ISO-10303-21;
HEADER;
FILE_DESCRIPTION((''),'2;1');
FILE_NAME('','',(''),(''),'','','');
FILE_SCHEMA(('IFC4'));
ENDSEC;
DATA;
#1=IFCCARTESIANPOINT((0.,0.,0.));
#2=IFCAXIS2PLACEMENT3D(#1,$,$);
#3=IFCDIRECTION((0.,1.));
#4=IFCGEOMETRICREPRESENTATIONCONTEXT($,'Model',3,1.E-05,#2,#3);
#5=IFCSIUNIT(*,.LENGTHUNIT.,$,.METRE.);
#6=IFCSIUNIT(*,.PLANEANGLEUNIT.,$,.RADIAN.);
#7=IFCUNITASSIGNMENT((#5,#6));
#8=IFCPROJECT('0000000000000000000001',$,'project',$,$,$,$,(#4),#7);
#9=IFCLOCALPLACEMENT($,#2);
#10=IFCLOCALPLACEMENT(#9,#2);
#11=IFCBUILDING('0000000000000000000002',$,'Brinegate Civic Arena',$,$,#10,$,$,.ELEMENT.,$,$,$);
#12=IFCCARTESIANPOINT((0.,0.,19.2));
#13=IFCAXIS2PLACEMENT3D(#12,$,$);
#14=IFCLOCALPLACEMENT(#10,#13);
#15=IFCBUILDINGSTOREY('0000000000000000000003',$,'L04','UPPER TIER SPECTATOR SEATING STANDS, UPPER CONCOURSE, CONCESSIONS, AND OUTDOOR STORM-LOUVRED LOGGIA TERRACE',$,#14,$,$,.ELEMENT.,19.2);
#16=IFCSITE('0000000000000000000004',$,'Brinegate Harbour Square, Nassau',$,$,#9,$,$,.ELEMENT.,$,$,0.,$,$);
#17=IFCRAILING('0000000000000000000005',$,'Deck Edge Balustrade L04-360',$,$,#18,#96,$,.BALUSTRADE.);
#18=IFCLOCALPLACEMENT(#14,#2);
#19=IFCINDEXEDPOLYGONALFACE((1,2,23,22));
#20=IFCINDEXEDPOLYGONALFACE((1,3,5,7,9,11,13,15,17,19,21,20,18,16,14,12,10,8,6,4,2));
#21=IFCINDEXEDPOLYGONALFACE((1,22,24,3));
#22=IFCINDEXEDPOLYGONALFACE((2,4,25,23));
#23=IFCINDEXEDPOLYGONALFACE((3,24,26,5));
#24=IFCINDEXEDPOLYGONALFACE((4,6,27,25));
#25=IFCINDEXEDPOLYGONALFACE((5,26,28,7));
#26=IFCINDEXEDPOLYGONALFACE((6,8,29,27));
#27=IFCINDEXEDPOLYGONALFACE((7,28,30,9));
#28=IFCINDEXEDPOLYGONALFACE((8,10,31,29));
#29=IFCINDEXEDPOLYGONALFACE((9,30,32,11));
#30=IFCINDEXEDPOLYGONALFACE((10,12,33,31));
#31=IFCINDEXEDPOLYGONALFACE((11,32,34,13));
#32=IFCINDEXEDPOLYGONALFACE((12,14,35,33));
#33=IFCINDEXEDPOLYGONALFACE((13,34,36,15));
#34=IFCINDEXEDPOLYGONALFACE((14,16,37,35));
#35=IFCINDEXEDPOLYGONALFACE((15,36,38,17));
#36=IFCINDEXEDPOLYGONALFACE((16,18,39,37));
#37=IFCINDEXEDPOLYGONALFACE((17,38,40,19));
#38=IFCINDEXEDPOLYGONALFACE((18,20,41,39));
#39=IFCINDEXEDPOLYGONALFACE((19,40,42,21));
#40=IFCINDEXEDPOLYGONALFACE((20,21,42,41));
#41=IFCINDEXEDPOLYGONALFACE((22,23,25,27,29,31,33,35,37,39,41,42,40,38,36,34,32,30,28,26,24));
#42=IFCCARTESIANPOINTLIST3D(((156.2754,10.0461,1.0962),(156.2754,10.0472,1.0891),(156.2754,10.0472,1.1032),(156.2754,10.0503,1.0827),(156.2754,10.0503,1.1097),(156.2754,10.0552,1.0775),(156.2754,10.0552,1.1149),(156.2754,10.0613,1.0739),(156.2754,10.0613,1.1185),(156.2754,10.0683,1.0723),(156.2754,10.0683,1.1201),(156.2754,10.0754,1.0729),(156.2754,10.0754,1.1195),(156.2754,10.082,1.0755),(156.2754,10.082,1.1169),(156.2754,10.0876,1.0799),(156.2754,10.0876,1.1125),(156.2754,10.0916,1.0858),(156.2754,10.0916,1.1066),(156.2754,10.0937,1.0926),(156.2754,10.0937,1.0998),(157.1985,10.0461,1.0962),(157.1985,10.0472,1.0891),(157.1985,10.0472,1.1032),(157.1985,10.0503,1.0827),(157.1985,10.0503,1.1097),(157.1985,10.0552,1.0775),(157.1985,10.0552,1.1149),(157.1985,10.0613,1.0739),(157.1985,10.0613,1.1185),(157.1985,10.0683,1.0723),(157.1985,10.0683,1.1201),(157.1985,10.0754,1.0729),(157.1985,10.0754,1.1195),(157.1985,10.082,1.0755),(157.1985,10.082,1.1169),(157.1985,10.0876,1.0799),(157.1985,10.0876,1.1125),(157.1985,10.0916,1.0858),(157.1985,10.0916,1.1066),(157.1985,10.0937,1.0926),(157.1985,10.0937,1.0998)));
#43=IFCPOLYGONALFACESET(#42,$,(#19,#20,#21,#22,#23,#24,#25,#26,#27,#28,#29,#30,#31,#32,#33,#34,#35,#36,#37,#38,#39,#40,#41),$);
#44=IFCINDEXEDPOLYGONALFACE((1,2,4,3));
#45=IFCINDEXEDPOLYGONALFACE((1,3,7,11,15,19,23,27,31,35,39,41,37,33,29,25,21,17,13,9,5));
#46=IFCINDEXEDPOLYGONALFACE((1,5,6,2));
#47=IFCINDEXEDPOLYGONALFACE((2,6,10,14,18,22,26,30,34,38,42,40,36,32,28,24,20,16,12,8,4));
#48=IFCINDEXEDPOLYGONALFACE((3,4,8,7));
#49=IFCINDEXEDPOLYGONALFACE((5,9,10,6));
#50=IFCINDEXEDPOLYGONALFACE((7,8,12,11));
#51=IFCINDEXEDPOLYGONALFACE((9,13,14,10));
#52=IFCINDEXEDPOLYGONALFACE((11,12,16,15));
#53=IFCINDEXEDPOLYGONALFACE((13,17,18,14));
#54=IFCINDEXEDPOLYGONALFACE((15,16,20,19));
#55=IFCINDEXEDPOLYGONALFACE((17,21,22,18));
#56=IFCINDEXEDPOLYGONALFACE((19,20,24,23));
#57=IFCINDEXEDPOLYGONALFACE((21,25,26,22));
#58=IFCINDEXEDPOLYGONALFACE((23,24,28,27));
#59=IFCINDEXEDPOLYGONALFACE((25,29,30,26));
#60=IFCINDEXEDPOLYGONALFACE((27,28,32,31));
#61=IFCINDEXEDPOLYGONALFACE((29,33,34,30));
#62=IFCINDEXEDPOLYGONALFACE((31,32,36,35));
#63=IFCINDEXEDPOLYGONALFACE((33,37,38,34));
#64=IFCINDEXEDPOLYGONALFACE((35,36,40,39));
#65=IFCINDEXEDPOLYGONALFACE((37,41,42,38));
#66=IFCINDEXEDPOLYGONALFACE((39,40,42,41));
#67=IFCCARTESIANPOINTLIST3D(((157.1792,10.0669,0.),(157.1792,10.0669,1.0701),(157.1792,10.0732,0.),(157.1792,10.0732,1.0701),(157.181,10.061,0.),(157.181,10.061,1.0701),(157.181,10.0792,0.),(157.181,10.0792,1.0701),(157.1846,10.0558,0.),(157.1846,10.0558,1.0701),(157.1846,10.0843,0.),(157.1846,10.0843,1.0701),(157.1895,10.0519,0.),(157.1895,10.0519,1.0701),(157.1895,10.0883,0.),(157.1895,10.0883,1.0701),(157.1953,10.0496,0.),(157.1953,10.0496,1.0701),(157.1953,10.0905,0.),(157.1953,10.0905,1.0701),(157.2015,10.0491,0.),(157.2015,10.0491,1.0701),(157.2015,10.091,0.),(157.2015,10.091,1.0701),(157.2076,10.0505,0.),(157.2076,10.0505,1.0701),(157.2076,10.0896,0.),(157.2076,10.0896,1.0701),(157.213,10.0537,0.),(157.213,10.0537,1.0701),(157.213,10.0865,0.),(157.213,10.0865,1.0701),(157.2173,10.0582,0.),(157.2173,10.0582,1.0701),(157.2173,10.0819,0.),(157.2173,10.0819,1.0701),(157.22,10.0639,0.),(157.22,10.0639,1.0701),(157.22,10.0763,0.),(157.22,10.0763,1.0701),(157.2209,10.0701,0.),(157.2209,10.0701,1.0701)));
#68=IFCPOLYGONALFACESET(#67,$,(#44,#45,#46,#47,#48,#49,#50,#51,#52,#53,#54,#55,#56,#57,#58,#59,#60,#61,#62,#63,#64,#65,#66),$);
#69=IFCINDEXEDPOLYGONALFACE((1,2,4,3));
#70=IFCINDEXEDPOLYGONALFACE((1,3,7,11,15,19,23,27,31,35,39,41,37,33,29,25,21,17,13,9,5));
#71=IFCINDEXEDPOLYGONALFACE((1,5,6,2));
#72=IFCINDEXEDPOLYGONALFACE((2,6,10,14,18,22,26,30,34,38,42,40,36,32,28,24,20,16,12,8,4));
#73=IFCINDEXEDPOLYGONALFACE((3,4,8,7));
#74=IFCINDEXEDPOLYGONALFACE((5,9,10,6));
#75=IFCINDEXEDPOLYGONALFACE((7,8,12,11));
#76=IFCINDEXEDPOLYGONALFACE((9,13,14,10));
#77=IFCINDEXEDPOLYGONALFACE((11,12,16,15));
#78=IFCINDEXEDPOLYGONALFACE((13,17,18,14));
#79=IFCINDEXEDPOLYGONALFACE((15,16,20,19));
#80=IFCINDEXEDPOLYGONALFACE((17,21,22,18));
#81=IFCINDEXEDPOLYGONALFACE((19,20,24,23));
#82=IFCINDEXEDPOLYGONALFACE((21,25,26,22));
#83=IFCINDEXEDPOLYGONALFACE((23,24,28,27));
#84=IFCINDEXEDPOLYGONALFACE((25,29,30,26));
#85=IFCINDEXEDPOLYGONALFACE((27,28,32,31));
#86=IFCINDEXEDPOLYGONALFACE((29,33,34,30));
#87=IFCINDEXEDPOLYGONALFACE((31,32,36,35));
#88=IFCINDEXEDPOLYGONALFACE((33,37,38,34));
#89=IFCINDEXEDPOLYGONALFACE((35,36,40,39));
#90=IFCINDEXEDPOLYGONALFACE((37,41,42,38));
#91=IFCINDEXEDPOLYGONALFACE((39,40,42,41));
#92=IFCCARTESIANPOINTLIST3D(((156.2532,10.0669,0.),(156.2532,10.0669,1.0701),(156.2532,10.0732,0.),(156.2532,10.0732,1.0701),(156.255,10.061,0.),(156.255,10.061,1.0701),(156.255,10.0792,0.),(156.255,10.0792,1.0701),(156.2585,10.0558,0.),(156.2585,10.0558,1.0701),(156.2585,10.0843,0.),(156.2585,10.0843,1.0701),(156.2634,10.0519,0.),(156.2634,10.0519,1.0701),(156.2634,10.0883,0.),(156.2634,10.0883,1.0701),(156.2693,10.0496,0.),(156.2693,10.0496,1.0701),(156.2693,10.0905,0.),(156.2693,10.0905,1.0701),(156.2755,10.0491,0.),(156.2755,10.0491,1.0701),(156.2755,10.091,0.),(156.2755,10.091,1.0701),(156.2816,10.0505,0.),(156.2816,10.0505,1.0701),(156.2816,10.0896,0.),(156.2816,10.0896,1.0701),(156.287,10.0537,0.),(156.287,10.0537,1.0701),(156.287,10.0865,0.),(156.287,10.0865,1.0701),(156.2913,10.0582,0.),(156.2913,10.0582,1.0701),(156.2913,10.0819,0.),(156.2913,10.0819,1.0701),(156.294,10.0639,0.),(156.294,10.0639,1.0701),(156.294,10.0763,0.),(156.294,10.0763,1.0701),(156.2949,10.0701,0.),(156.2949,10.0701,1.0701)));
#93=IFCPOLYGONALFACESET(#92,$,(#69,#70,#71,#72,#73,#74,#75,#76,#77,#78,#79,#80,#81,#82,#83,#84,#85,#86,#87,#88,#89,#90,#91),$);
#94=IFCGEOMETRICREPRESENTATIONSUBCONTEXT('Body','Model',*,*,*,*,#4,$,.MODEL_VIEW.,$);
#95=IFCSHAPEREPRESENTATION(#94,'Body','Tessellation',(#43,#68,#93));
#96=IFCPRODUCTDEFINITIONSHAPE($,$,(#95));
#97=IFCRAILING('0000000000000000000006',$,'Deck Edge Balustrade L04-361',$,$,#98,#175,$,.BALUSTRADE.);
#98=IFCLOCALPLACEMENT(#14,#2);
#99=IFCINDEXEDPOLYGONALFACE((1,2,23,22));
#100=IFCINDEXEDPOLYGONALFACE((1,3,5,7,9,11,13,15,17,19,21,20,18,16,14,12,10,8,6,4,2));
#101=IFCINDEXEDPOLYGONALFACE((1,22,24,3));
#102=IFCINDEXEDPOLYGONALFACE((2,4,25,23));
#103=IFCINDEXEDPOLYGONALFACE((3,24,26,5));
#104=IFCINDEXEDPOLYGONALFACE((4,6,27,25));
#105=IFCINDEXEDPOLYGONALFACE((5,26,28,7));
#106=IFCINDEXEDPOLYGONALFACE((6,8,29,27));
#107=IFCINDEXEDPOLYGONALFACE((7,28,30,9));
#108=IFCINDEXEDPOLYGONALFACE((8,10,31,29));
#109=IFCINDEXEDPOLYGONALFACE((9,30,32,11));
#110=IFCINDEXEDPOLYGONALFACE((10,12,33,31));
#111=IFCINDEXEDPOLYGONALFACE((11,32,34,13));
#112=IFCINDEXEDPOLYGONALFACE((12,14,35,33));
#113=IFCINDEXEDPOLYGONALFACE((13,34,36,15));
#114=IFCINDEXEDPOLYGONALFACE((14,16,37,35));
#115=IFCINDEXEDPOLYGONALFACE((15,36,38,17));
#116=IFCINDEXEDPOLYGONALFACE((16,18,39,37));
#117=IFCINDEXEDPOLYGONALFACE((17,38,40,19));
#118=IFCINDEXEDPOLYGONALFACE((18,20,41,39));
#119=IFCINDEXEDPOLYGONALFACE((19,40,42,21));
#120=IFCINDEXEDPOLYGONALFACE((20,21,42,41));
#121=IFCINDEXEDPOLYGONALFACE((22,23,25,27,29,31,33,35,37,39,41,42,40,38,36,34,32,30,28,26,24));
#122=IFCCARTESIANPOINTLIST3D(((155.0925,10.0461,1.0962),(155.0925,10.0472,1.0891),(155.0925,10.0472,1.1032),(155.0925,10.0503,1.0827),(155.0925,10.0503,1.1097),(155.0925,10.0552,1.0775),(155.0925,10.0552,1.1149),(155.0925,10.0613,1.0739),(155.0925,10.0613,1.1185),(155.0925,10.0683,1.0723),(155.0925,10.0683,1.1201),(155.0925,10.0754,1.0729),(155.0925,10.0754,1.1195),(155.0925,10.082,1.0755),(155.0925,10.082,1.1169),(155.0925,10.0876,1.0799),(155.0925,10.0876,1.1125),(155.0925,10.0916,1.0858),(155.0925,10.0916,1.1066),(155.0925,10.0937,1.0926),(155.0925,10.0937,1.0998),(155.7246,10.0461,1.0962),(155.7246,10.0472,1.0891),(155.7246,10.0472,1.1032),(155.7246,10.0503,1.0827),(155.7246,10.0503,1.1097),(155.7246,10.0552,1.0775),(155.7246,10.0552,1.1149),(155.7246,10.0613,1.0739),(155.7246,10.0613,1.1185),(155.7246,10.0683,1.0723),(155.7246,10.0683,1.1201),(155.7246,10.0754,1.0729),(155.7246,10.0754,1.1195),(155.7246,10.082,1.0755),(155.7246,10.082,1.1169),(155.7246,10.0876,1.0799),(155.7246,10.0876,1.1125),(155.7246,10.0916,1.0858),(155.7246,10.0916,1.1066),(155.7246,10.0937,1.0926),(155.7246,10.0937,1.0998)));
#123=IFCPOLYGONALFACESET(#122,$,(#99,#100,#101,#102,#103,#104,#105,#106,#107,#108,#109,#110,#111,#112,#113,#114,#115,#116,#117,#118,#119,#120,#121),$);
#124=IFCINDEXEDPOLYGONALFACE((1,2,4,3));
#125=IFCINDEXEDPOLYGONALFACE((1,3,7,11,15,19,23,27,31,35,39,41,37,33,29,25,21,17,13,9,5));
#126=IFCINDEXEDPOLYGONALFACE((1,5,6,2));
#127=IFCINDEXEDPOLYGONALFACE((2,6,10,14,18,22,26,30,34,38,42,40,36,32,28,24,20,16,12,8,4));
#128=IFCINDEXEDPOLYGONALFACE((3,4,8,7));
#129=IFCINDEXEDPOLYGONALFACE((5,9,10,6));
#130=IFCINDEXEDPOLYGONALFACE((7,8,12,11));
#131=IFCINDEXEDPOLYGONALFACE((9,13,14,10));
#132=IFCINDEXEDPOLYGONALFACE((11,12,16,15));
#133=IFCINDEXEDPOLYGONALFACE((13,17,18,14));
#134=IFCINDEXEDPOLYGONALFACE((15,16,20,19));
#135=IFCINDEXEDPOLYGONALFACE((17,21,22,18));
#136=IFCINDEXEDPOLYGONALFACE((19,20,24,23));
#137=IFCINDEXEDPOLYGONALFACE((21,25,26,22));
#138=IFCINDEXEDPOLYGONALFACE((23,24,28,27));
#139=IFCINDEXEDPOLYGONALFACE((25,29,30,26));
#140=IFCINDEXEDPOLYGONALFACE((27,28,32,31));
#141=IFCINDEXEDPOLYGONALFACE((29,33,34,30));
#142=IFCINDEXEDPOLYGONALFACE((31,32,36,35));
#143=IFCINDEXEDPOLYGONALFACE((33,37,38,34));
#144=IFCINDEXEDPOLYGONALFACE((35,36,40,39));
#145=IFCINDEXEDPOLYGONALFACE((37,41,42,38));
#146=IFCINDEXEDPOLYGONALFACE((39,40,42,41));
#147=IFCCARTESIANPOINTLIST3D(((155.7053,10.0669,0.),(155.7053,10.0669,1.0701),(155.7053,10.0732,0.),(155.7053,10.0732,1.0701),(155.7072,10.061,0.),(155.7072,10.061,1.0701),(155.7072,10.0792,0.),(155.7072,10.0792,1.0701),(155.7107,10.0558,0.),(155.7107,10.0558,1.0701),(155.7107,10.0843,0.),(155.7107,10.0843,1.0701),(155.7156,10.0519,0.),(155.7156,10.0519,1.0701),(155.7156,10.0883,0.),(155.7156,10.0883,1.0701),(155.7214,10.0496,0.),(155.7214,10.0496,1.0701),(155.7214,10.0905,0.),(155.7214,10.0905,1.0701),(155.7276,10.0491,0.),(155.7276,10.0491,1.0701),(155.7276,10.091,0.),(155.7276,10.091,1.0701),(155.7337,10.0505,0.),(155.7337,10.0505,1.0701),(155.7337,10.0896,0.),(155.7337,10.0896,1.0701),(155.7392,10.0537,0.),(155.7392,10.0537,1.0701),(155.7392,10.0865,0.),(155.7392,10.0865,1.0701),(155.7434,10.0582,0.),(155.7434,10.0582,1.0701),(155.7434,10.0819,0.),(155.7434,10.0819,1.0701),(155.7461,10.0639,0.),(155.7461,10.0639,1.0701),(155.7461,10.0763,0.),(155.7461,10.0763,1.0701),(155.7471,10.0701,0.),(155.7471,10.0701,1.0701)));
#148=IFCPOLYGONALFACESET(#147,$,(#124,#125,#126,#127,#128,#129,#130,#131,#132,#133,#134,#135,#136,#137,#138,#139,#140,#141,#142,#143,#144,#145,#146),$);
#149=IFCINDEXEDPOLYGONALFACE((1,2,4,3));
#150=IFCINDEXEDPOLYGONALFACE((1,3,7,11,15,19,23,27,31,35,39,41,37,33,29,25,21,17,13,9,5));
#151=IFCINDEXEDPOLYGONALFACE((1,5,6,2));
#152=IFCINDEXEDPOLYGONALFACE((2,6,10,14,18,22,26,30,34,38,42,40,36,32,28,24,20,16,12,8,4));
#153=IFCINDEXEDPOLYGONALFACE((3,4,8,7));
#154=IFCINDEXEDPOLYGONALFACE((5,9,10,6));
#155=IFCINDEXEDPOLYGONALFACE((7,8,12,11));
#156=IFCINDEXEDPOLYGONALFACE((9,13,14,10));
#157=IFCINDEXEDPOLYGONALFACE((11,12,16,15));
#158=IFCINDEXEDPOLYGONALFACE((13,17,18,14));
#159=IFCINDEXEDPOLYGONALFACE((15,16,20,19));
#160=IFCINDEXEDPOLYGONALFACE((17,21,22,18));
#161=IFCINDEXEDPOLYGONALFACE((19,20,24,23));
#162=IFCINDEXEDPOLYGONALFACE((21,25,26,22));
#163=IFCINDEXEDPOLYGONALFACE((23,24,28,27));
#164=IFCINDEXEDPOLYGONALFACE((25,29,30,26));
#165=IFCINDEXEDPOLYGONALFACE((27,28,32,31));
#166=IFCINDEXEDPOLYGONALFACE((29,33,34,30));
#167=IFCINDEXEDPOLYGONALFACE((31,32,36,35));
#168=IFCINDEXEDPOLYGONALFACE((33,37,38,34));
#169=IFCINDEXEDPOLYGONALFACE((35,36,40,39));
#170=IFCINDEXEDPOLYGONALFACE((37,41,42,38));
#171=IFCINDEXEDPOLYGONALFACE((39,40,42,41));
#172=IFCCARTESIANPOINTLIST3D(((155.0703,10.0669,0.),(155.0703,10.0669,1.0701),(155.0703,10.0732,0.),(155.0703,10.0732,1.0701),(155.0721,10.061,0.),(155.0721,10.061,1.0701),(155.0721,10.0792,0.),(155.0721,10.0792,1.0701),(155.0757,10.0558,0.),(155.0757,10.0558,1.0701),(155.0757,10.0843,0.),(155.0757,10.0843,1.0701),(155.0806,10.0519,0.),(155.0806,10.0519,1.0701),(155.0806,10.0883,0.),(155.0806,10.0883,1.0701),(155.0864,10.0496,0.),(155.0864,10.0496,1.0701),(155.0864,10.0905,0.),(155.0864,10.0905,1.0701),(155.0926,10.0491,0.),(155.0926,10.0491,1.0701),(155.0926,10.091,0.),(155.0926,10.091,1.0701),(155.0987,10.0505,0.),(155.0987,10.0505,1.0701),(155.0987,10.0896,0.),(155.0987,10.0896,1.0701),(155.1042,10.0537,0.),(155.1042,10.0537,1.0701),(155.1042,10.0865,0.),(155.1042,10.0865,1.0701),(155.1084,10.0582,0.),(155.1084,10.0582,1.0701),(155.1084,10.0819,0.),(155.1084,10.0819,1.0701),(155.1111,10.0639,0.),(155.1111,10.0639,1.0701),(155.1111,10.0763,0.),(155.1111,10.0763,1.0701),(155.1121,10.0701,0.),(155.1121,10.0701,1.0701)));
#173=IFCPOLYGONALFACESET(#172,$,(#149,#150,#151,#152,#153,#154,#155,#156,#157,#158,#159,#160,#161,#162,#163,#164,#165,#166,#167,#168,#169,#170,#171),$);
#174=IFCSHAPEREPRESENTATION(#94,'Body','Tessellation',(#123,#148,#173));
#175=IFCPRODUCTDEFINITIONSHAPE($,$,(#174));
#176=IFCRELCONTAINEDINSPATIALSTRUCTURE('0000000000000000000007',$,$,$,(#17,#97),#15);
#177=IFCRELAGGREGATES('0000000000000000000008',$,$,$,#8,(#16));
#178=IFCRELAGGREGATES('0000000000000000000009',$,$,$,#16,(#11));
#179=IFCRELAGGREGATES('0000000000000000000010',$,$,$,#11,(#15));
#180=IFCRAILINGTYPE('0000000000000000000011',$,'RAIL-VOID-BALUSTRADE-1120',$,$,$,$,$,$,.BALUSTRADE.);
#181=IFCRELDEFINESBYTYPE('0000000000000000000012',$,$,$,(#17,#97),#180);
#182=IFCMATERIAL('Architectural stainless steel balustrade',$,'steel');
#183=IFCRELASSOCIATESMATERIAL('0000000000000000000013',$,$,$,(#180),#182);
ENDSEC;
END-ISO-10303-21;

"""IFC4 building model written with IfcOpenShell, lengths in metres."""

from ifc_helpers import new_model, si_unit, direction, frame, origin, origin_2d, place, context, subcontext, project, spatial, circle, extrude, material, type_object, element, save


model = new_model("IFC4")

# Units and contexts
model_context = context("Model", 3, precision=1e-05, world=origin(), true_north=direction((0.0, 1.0)))
body_context = subcontext(model_context, "Body", "Model", "MODEL_VIEW")
ifc_project = project(units=[si_unit("LENGTHUNIT", "METRE"), si_unit("PLANEANGLEUNIT", "RADIAN")], contexts=[model_context])

# Site, building, storey
site_placement = place(None, origin())
site = spatial("IfcSite", under=ifc_project, at=site_placement, Name="Brinegate Harbour Square, Nassau", CompositionType="ELEMENT", RefElevation=0.0)
building_placement = place(site_placement, origin())
building = spatial("IfcBuilding", under=site, at=building_placement, Name="Brinegate Civic Arena", CompositionType="ELEMENT")
storey_placement = place(building_placement, frame((0.0, 0.0, 19.2)))
storey = spatial("IfcBuildingStorey", under=building, at=storey_placement, Name="L04", Description="UPPER TIER SPECTATOR SEATING STANDS, UPPER CONCOURSE, CONCESSIONS, AND OUTDOOR STORM-LOUVRED LOGGIA TERRACE", CompositionType="ELEMENT", Elevation=19.2)

# Railings
ifc_material_1 = material(Name="Architectural stainless steel balustrade", Category="steel")
railing_type_1 = type_object("IfcRailingType", Name="RAIL-VOID-BALUSTRADE-1120", PredefinedType="BALUSTRADE", material=ifc_material_1)
railing_1_placement = place(storey_placement, frame((157.2, 10.0701, 0.0)))
element("IfcRailing", 1, at=railing_1_placement, inside=storey, type_object=railing_type_1, Name="Deck Edge Balustrade L04-360", PredefinedType="BALUSTRADE", context=body_context, shape_type="SweptSolid", body=[
    extrude(circle(Radius=0.0239, at=origin_2d()), frame((-0.0015, 0.0, 1.0962), z_axis=(-1.0, 0.0, 0.0), x_axis=(0.0, -1.0, 0.0)), (0.0, 0.0, 1.0), 0.9231),
    extrude(circle(Radius=0.021, at=origin_2d()), origin(), (0.0, 0.0, 1.0), 1.0701),
    extrude(circle(Radius=0.021, at=origin_2d()), frame((-0.926, 0.0, 0.0)), (0.0, 0.0, 1.0), 1.0701),
])
railing_2_placement = place(storey_placement, frame((155.7261, 10.0701, 0.0)))
element("IfcRailing", 2, at=railing_2_placement, inside=storey, type_object=railing_type_1, Name="Deck Edge Balustrade L04-361", PredefinedType="BALUSTRADE", context=body_context, shape_type="SweptSolid", body=[
    extrude(circle(Radius=0.0239, at=origin_2d()), frame((-0.0015, 0.0, 1.0962), z_axis=(-1.0, 0.0, 0.0), x_axis=(0.0, -1.0, 0.0)), (0.0, 0.0, 1.0), 0.6321),
    extrude(circle(Radius=0.021, at=origin_2d()), origin(), (0.0, 0.0, 1.0), 1.0701),
    extrude(circle(Radius=0.021, at=origin_2d()), frame((-0.635, 0.0, 0.0)), (0.0, 0.0, 1.0), 1.0701),
])

save(model, "model.ifc")
